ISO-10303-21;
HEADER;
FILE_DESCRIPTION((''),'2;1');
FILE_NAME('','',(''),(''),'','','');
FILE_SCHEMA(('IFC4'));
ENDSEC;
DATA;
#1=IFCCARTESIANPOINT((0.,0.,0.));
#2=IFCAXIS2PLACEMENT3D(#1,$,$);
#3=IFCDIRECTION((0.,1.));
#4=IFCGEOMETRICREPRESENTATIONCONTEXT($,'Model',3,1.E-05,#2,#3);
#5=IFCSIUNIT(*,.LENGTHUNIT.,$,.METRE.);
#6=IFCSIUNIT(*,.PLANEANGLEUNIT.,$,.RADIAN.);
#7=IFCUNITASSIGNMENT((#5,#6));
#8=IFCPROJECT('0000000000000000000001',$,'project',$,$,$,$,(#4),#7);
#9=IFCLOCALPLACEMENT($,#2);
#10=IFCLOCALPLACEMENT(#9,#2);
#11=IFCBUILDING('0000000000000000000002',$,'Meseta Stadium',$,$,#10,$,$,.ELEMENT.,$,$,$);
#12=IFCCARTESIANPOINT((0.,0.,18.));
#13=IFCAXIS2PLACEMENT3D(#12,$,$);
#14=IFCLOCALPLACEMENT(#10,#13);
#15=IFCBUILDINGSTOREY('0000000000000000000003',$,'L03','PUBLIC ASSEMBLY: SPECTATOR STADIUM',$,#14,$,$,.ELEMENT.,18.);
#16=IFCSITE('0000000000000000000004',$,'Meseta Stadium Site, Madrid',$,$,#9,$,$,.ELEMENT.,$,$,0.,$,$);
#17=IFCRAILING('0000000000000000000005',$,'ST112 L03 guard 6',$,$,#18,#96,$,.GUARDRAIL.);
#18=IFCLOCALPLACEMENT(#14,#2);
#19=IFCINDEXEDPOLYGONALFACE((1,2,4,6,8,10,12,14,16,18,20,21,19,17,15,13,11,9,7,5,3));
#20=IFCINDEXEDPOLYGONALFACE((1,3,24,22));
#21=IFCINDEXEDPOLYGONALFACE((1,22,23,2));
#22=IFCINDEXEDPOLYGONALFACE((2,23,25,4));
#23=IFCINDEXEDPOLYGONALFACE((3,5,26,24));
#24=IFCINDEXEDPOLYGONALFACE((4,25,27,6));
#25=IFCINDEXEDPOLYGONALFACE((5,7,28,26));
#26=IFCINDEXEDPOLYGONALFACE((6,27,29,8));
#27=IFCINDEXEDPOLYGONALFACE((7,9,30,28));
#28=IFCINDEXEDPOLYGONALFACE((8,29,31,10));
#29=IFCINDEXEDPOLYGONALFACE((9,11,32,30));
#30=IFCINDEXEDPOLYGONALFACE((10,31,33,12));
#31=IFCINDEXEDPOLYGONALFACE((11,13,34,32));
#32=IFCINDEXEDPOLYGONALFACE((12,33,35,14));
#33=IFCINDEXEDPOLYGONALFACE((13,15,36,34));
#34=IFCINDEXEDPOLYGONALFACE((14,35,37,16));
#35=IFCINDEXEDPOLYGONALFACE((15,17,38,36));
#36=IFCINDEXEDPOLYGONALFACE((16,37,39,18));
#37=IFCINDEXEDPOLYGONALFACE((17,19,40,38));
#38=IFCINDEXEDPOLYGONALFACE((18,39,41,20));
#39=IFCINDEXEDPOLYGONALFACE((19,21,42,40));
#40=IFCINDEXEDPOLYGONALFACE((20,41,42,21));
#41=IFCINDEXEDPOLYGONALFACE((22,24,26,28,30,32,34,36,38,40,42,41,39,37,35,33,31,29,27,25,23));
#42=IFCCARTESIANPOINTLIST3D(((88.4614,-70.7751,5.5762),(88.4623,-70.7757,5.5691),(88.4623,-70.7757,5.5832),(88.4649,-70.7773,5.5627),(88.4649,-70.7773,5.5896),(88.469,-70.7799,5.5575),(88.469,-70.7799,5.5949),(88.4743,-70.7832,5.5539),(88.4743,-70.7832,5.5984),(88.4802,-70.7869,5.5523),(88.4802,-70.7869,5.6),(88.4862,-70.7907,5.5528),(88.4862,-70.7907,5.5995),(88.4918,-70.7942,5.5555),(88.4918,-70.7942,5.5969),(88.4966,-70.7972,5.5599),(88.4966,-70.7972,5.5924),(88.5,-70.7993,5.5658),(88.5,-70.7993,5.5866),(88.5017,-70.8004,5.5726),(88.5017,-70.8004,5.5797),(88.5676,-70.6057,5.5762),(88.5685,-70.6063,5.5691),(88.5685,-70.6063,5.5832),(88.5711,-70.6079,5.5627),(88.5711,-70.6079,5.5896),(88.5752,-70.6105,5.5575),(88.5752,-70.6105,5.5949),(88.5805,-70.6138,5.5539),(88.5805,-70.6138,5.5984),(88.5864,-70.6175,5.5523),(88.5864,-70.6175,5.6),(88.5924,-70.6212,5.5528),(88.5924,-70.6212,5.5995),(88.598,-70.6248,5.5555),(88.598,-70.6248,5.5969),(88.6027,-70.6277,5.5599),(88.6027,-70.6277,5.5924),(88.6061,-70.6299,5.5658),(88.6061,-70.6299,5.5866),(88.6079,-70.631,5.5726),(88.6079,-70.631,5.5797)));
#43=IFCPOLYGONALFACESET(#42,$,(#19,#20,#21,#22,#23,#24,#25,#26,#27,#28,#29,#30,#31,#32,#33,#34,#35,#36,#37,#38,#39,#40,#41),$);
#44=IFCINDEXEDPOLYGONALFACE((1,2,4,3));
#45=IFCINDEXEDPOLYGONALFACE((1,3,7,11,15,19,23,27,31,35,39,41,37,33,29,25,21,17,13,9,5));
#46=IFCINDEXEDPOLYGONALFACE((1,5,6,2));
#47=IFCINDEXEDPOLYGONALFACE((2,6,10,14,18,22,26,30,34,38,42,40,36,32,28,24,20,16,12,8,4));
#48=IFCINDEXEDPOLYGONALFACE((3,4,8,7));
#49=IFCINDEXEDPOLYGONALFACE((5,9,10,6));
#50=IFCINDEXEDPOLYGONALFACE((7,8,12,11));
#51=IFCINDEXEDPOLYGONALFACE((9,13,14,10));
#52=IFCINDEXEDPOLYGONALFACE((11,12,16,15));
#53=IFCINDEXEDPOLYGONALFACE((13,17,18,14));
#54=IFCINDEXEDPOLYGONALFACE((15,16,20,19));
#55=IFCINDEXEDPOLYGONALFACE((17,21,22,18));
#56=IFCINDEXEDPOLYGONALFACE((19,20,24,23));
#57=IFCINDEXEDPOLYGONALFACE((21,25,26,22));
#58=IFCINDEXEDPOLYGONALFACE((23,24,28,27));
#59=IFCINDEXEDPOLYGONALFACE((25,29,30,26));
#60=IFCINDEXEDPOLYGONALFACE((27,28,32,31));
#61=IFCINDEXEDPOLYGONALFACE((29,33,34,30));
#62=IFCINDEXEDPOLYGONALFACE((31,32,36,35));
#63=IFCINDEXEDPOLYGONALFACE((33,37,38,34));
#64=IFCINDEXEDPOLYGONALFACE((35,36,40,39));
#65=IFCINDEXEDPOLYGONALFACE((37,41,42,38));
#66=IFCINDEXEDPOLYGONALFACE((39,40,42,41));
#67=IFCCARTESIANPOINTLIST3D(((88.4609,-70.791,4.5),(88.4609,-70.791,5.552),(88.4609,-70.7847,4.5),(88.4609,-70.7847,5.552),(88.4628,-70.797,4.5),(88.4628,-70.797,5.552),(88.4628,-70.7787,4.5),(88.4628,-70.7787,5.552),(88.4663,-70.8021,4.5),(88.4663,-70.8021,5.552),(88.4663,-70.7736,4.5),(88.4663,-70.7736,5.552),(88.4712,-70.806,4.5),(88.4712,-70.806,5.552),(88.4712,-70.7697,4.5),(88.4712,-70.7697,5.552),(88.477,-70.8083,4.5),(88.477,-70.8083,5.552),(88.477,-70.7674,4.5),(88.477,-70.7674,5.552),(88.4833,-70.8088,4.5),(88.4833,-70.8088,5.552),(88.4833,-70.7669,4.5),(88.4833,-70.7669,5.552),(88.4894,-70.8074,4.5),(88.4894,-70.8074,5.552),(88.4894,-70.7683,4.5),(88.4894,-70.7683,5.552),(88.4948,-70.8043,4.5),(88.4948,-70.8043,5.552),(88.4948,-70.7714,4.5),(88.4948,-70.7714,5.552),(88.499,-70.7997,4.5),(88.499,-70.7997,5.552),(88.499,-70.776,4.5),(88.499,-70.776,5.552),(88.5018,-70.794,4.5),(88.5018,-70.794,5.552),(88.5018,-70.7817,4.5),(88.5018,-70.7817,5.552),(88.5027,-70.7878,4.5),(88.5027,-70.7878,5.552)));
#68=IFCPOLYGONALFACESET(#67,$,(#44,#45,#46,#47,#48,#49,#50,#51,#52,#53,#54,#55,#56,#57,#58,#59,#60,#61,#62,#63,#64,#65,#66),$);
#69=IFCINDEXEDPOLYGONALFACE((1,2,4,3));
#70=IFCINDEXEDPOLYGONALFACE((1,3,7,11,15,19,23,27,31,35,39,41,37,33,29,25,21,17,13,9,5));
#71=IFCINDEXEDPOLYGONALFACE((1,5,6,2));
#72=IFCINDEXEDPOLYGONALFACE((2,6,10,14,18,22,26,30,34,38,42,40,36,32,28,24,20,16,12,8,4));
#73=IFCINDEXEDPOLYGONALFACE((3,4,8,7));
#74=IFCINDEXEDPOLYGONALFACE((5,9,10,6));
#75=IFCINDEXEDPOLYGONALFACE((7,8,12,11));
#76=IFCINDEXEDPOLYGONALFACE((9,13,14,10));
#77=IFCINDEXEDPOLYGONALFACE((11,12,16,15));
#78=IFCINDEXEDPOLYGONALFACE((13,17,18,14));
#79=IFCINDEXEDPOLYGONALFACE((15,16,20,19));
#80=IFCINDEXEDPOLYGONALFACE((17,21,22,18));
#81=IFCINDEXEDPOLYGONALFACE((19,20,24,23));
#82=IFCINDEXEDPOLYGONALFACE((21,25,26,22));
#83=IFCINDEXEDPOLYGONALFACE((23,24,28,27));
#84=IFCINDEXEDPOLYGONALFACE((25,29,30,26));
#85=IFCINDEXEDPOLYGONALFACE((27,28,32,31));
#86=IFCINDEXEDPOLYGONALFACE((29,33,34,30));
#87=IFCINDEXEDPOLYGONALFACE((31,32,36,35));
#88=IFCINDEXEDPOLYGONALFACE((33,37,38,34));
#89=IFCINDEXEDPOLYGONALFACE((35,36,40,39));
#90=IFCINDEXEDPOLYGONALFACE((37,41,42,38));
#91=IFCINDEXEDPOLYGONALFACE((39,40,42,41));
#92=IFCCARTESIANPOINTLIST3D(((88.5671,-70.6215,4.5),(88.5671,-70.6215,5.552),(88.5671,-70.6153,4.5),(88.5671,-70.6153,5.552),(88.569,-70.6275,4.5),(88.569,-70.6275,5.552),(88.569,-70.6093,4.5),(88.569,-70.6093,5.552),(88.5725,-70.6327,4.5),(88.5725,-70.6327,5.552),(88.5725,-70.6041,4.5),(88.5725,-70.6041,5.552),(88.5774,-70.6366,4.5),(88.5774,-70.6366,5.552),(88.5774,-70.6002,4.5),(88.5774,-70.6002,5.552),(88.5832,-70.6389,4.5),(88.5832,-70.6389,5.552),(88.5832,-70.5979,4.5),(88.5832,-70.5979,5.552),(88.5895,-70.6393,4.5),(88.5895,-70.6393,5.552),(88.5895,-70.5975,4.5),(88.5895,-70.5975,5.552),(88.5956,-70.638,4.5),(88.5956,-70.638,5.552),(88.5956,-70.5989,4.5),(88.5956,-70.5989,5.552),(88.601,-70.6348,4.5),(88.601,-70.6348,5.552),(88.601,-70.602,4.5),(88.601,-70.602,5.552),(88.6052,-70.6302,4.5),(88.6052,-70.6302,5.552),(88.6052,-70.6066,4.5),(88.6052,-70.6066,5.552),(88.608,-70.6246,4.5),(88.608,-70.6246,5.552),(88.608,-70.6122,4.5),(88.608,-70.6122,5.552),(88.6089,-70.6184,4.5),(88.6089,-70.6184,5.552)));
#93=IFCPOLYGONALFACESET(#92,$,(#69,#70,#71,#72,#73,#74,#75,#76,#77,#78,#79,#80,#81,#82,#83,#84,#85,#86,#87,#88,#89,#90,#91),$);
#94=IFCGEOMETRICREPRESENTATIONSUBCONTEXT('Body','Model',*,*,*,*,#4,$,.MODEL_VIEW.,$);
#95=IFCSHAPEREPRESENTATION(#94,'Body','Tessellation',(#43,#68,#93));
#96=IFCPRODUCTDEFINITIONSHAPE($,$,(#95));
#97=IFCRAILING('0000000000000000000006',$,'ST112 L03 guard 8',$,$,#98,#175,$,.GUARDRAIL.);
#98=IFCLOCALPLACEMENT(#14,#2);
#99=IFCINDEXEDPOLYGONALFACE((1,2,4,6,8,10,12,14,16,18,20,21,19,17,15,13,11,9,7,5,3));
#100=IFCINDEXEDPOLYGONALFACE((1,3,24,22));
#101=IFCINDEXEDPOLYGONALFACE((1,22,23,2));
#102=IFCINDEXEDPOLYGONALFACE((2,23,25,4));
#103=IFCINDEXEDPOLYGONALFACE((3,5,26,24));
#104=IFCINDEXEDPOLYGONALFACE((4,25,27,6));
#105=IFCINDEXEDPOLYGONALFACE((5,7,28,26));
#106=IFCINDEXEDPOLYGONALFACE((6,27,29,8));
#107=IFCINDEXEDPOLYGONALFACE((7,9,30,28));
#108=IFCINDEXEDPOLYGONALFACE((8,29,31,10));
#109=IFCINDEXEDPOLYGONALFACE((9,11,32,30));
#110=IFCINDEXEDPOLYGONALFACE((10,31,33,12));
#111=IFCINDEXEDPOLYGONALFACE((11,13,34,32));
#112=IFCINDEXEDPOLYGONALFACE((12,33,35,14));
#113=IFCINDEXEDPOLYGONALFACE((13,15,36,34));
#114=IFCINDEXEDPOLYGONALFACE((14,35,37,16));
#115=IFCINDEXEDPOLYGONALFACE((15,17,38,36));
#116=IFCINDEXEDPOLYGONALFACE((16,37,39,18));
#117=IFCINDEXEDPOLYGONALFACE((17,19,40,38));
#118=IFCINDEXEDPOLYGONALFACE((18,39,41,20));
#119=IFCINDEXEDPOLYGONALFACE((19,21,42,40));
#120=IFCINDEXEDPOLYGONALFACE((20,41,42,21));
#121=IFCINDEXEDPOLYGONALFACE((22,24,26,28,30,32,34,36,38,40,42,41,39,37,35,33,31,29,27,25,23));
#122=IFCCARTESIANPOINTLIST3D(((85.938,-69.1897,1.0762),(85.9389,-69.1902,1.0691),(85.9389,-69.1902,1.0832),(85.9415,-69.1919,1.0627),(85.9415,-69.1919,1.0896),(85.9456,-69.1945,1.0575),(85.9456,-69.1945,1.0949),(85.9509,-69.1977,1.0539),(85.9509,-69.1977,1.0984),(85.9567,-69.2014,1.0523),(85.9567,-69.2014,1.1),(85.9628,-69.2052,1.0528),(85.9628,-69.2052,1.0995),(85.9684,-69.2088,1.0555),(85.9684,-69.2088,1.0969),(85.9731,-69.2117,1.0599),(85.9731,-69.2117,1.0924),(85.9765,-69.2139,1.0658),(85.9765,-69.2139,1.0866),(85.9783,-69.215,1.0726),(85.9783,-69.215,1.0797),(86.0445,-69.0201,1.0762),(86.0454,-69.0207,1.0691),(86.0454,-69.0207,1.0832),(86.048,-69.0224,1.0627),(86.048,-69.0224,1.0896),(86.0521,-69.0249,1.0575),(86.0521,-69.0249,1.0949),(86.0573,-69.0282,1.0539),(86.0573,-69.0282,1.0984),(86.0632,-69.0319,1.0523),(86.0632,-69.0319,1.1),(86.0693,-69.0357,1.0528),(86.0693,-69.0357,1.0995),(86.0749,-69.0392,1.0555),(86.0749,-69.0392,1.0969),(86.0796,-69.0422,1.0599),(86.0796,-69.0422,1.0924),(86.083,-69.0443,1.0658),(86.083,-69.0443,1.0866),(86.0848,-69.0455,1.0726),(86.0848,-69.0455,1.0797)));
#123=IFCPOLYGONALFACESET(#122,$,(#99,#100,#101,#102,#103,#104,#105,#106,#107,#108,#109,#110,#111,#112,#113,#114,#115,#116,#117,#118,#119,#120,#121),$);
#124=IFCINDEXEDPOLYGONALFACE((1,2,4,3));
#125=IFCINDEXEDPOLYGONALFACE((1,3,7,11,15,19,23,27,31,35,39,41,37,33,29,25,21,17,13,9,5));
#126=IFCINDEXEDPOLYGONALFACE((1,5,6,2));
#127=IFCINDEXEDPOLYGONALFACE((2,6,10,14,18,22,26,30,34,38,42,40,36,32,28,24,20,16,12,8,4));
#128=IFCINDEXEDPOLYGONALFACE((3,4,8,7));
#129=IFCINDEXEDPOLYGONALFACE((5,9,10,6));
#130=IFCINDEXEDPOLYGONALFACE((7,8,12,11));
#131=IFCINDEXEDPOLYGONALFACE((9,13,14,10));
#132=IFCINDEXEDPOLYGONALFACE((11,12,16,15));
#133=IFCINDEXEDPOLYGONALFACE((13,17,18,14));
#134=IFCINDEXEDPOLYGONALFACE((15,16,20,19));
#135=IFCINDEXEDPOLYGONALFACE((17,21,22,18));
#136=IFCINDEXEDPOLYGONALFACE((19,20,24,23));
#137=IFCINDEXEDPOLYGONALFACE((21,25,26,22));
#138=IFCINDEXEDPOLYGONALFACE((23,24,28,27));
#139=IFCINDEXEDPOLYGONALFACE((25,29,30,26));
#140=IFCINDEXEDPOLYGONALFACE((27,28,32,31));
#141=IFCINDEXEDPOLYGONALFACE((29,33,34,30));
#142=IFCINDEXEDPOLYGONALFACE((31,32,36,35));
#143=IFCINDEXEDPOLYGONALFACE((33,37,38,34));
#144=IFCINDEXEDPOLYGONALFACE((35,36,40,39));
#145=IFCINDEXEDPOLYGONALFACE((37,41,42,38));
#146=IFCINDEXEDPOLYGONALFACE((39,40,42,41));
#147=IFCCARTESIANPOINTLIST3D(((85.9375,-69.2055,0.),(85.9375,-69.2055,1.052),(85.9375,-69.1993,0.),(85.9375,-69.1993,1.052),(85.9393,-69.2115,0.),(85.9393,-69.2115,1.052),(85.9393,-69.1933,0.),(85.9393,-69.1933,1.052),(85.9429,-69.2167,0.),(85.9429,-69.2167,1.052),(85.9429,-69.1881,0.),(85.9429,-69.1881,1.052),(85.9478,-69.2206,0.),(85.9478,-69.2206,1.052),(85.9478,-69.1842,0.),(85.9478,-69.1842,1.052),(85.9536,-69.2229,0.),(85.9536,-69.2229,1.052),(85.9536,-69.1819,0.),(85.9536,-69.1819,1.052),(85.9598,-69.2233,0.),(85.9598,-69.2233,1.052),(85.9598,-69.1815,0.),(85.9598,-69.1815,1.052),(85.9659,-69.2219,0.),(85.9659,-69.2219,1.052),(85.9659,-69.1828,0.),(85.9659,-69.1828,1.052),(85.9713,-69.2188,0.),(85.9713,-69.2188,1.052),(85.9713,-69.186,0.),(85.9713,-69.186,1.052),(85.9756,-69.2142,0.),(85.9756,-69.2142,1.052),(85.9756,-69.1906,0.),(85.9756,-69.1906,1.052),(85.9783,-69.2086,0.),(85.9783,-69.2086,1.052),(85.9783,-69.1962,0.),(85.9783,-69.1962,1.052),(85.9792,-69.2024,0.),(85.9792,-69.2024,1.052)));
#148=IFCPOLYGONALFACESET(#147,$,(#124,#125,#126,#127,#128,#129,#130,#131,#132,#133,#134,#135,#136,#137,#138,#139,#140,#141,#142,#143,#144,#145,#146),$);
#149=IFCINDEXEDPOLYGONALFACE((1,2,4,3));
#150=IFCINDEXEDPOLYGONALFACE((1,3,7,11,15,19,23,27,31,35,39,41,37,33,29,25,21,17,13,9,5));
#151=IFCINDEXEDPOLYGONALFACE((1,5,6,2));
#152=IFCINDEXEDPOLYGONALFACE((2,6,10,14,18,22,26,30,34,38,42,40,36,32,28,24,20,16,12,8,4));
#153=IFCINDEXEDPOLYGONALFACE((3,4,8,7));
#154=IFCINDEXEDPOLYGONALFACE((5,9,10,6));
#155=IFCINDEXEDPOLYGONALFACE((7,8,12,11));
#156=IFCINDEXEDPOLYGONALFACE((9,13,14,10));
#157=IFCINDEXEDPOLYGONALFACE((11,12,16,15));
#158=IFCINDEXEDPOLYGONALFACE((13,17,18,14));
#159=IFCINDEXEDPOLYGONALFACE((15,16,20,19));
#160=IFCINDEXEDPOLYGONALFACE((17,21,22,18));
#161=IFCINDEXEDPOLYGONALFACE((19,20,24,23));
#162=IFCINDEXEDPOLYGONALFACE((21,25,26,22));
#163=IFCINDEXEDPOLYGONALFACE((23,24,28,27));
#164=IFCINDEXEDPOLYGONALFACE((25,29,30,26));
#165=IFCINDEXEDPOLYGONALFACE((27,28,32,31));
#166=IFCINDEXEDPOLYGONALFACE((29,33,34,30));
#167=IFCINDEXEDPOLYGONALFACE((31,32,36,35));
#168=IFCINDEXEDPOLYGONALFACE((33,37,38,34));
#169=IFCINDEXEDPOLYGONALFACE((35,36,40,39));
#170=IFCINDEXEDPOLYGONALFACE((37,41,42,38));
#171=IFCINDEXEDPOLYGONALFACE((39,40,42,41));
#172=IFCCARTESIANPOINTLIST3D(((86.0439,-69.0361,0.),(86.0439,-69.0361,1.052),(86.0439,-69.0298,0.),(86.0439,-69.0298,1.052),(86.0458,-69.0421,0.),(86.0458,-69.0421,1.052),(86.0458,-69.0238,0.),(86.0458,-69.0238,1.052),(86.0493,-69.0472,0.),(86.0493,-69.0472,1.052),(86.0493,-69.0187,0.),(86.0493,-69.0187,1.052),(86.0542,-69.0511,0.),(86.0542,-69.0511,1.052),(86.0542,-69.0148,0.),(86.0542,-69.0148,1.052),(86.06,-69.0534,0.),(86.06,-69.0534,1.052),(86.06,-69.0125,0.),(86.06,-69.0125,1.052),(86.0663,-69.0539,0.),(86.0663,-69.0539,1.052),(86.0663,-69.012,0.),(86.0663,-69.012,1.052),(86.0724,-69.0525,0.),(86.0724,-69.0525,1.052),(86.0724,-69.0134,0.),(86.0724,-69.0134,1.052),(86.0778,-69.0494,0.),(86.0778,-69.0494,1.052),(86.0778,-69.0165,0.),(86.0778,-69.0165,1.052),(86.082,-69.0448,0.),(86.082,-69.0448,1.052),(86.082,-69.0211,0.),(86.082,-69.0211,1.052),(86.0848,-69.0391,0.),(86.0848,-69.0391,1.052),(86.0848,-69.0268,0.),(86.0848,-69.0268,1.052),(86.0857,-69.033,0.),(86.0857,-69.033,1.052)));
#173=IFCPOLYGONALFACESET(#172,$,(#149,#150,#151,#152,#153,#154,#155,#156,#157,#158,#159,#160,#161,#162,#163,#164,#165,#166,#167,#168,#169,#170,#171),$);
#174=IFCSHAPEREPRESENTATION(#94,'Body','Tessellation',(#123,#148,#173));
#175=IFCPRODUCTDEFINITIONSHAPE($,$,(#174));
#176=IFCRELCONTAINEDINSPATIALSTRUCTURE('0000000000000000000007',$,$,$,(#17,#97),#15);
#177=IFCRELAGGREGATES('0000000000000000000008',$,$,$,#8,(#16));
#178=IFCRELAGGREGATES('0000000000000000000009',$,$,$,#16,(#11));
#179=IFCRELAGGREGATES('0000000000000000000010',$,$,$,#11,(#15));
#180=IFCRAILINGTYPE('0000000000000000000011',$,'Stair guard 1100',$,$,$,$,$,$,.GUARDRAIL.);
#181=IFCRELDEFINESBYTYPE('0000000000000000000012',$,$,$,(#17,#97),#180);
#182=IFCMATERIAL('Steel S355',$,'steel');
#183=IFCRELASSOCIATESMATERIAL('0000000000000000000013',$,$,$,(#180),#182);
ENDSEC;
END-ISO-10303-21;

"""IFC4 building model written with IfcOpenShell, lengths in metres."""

from ifc_helpers import new_model, si_unit, direction, frame, origin, origin_2d, place, context, subcontext, project, spatial, circle, extrude, material, type_object, element, save


model = new_model("IFC4")

# Units and contexts
model_context = context("Model", 3, precision=1e-05, world=origin(), true_north=direction((0.0, 1.0)))
body_context = subcontext(model_context, "Body", "Model", "MODEL_VIEW")
ifc_project = project(units=[si_unit("LENGTHUNIT", "METRE"), si_unit("PLANEANGLEUNIT", "RADIAN")], contexts=[model_context])

# Site, building, storey
site_placement = place(None, origin())
site = spatial("IfcSite", under=ifc_project, at=site_placement, Name="Meseta Stadium Site, Madrid", CompositionType="ELEMENT", RefElevation=0.0)
building_placement = place(site_placement, origin())
building = spatial("IfcBuilding", under=site, at=building_placement, Name="Meseta Stadium", CompositionType="ELEMENT")
storey_placement = place(building_placement, frame((0.0, 0.0, 18.0)))
storey = spatial("IfcBuildingStorey", under=building, at=storey_placement, Name="L03", Description="PUBLIC ASSEMBLY: SPECTATOR STADIUM", CompositionType="ELEMENT", Elevation=18.0)

# Railings
ifc_material_1 = material(Name="Steel S355", Category="steel")
railing_type_1 = type_object("IfcRailingType", Name="Stair guard 1100", PredefinedType="GUARDRAIL", material=ifc_material_1)
railing_1_placement = place(storey_placement, frame((88.4817, -70.7878, 4.5)))
element("IfcRailing", 1, at=railing_1_placement, inside=storey, type_object=railing_type_1, Name="ST112 L03 guard 6", PredefinedType="GUARDRAIL", context=body_context, shape_type="SweptSolid", body=[
    extrude(circle(Radius=0.0239, at=origin_2d()), frame((0.0, 0.0, 1.0762), z_axis=(0.531096, 0.847312, 0.0), x_axis=(-0.847312, 0.531096, 0.0)), (0.0, 0.0, 1.0), 0.2),
    extrude(circle(Radius=0.021, at=origin_2d()), origin(), (0.0, 0.0, 1.0), 1.052),
    extrude(circle(Radius=0.021, at=origin_2d()), frame((0.1062, 0.1694, 0.0)), (0.0, 0.0, 1.0), 1.052),
])
railing_2_placement = place(storey_placement, frame((85.9583, -69.2024, 0.0)))
element("IfcRailing", 2, at=railing_2_placement, inside=storey, type_object=railing_type_1, Name="ST112 L03 guard 8", PredefinedType="GUARDRAIL", context=body_context, shape_type="SweptSolid", body=[
    extrude(circle(Radius=0.0239, at=origin_2d()), frame((0.0, 0.0, 1.0762), z_axis=(0.531972, 0.846762, 0.0), x_axis=(-0.846762, 0.531972, 0.0)), (0.0, 0.0, 1.0), 0.2002),
    extrude(circle(Radius=0.021, at=origin_2d()), origin(), (0.0, 0.0, 1.0), 1.052),
    extrude(circle(Radius=0.021, at=origin_2d()), frame((0.1064, 0.1694, 0.0)), (0.0, 0.0, 1.0), 1.052),
])

save(model, "model.ifc")
